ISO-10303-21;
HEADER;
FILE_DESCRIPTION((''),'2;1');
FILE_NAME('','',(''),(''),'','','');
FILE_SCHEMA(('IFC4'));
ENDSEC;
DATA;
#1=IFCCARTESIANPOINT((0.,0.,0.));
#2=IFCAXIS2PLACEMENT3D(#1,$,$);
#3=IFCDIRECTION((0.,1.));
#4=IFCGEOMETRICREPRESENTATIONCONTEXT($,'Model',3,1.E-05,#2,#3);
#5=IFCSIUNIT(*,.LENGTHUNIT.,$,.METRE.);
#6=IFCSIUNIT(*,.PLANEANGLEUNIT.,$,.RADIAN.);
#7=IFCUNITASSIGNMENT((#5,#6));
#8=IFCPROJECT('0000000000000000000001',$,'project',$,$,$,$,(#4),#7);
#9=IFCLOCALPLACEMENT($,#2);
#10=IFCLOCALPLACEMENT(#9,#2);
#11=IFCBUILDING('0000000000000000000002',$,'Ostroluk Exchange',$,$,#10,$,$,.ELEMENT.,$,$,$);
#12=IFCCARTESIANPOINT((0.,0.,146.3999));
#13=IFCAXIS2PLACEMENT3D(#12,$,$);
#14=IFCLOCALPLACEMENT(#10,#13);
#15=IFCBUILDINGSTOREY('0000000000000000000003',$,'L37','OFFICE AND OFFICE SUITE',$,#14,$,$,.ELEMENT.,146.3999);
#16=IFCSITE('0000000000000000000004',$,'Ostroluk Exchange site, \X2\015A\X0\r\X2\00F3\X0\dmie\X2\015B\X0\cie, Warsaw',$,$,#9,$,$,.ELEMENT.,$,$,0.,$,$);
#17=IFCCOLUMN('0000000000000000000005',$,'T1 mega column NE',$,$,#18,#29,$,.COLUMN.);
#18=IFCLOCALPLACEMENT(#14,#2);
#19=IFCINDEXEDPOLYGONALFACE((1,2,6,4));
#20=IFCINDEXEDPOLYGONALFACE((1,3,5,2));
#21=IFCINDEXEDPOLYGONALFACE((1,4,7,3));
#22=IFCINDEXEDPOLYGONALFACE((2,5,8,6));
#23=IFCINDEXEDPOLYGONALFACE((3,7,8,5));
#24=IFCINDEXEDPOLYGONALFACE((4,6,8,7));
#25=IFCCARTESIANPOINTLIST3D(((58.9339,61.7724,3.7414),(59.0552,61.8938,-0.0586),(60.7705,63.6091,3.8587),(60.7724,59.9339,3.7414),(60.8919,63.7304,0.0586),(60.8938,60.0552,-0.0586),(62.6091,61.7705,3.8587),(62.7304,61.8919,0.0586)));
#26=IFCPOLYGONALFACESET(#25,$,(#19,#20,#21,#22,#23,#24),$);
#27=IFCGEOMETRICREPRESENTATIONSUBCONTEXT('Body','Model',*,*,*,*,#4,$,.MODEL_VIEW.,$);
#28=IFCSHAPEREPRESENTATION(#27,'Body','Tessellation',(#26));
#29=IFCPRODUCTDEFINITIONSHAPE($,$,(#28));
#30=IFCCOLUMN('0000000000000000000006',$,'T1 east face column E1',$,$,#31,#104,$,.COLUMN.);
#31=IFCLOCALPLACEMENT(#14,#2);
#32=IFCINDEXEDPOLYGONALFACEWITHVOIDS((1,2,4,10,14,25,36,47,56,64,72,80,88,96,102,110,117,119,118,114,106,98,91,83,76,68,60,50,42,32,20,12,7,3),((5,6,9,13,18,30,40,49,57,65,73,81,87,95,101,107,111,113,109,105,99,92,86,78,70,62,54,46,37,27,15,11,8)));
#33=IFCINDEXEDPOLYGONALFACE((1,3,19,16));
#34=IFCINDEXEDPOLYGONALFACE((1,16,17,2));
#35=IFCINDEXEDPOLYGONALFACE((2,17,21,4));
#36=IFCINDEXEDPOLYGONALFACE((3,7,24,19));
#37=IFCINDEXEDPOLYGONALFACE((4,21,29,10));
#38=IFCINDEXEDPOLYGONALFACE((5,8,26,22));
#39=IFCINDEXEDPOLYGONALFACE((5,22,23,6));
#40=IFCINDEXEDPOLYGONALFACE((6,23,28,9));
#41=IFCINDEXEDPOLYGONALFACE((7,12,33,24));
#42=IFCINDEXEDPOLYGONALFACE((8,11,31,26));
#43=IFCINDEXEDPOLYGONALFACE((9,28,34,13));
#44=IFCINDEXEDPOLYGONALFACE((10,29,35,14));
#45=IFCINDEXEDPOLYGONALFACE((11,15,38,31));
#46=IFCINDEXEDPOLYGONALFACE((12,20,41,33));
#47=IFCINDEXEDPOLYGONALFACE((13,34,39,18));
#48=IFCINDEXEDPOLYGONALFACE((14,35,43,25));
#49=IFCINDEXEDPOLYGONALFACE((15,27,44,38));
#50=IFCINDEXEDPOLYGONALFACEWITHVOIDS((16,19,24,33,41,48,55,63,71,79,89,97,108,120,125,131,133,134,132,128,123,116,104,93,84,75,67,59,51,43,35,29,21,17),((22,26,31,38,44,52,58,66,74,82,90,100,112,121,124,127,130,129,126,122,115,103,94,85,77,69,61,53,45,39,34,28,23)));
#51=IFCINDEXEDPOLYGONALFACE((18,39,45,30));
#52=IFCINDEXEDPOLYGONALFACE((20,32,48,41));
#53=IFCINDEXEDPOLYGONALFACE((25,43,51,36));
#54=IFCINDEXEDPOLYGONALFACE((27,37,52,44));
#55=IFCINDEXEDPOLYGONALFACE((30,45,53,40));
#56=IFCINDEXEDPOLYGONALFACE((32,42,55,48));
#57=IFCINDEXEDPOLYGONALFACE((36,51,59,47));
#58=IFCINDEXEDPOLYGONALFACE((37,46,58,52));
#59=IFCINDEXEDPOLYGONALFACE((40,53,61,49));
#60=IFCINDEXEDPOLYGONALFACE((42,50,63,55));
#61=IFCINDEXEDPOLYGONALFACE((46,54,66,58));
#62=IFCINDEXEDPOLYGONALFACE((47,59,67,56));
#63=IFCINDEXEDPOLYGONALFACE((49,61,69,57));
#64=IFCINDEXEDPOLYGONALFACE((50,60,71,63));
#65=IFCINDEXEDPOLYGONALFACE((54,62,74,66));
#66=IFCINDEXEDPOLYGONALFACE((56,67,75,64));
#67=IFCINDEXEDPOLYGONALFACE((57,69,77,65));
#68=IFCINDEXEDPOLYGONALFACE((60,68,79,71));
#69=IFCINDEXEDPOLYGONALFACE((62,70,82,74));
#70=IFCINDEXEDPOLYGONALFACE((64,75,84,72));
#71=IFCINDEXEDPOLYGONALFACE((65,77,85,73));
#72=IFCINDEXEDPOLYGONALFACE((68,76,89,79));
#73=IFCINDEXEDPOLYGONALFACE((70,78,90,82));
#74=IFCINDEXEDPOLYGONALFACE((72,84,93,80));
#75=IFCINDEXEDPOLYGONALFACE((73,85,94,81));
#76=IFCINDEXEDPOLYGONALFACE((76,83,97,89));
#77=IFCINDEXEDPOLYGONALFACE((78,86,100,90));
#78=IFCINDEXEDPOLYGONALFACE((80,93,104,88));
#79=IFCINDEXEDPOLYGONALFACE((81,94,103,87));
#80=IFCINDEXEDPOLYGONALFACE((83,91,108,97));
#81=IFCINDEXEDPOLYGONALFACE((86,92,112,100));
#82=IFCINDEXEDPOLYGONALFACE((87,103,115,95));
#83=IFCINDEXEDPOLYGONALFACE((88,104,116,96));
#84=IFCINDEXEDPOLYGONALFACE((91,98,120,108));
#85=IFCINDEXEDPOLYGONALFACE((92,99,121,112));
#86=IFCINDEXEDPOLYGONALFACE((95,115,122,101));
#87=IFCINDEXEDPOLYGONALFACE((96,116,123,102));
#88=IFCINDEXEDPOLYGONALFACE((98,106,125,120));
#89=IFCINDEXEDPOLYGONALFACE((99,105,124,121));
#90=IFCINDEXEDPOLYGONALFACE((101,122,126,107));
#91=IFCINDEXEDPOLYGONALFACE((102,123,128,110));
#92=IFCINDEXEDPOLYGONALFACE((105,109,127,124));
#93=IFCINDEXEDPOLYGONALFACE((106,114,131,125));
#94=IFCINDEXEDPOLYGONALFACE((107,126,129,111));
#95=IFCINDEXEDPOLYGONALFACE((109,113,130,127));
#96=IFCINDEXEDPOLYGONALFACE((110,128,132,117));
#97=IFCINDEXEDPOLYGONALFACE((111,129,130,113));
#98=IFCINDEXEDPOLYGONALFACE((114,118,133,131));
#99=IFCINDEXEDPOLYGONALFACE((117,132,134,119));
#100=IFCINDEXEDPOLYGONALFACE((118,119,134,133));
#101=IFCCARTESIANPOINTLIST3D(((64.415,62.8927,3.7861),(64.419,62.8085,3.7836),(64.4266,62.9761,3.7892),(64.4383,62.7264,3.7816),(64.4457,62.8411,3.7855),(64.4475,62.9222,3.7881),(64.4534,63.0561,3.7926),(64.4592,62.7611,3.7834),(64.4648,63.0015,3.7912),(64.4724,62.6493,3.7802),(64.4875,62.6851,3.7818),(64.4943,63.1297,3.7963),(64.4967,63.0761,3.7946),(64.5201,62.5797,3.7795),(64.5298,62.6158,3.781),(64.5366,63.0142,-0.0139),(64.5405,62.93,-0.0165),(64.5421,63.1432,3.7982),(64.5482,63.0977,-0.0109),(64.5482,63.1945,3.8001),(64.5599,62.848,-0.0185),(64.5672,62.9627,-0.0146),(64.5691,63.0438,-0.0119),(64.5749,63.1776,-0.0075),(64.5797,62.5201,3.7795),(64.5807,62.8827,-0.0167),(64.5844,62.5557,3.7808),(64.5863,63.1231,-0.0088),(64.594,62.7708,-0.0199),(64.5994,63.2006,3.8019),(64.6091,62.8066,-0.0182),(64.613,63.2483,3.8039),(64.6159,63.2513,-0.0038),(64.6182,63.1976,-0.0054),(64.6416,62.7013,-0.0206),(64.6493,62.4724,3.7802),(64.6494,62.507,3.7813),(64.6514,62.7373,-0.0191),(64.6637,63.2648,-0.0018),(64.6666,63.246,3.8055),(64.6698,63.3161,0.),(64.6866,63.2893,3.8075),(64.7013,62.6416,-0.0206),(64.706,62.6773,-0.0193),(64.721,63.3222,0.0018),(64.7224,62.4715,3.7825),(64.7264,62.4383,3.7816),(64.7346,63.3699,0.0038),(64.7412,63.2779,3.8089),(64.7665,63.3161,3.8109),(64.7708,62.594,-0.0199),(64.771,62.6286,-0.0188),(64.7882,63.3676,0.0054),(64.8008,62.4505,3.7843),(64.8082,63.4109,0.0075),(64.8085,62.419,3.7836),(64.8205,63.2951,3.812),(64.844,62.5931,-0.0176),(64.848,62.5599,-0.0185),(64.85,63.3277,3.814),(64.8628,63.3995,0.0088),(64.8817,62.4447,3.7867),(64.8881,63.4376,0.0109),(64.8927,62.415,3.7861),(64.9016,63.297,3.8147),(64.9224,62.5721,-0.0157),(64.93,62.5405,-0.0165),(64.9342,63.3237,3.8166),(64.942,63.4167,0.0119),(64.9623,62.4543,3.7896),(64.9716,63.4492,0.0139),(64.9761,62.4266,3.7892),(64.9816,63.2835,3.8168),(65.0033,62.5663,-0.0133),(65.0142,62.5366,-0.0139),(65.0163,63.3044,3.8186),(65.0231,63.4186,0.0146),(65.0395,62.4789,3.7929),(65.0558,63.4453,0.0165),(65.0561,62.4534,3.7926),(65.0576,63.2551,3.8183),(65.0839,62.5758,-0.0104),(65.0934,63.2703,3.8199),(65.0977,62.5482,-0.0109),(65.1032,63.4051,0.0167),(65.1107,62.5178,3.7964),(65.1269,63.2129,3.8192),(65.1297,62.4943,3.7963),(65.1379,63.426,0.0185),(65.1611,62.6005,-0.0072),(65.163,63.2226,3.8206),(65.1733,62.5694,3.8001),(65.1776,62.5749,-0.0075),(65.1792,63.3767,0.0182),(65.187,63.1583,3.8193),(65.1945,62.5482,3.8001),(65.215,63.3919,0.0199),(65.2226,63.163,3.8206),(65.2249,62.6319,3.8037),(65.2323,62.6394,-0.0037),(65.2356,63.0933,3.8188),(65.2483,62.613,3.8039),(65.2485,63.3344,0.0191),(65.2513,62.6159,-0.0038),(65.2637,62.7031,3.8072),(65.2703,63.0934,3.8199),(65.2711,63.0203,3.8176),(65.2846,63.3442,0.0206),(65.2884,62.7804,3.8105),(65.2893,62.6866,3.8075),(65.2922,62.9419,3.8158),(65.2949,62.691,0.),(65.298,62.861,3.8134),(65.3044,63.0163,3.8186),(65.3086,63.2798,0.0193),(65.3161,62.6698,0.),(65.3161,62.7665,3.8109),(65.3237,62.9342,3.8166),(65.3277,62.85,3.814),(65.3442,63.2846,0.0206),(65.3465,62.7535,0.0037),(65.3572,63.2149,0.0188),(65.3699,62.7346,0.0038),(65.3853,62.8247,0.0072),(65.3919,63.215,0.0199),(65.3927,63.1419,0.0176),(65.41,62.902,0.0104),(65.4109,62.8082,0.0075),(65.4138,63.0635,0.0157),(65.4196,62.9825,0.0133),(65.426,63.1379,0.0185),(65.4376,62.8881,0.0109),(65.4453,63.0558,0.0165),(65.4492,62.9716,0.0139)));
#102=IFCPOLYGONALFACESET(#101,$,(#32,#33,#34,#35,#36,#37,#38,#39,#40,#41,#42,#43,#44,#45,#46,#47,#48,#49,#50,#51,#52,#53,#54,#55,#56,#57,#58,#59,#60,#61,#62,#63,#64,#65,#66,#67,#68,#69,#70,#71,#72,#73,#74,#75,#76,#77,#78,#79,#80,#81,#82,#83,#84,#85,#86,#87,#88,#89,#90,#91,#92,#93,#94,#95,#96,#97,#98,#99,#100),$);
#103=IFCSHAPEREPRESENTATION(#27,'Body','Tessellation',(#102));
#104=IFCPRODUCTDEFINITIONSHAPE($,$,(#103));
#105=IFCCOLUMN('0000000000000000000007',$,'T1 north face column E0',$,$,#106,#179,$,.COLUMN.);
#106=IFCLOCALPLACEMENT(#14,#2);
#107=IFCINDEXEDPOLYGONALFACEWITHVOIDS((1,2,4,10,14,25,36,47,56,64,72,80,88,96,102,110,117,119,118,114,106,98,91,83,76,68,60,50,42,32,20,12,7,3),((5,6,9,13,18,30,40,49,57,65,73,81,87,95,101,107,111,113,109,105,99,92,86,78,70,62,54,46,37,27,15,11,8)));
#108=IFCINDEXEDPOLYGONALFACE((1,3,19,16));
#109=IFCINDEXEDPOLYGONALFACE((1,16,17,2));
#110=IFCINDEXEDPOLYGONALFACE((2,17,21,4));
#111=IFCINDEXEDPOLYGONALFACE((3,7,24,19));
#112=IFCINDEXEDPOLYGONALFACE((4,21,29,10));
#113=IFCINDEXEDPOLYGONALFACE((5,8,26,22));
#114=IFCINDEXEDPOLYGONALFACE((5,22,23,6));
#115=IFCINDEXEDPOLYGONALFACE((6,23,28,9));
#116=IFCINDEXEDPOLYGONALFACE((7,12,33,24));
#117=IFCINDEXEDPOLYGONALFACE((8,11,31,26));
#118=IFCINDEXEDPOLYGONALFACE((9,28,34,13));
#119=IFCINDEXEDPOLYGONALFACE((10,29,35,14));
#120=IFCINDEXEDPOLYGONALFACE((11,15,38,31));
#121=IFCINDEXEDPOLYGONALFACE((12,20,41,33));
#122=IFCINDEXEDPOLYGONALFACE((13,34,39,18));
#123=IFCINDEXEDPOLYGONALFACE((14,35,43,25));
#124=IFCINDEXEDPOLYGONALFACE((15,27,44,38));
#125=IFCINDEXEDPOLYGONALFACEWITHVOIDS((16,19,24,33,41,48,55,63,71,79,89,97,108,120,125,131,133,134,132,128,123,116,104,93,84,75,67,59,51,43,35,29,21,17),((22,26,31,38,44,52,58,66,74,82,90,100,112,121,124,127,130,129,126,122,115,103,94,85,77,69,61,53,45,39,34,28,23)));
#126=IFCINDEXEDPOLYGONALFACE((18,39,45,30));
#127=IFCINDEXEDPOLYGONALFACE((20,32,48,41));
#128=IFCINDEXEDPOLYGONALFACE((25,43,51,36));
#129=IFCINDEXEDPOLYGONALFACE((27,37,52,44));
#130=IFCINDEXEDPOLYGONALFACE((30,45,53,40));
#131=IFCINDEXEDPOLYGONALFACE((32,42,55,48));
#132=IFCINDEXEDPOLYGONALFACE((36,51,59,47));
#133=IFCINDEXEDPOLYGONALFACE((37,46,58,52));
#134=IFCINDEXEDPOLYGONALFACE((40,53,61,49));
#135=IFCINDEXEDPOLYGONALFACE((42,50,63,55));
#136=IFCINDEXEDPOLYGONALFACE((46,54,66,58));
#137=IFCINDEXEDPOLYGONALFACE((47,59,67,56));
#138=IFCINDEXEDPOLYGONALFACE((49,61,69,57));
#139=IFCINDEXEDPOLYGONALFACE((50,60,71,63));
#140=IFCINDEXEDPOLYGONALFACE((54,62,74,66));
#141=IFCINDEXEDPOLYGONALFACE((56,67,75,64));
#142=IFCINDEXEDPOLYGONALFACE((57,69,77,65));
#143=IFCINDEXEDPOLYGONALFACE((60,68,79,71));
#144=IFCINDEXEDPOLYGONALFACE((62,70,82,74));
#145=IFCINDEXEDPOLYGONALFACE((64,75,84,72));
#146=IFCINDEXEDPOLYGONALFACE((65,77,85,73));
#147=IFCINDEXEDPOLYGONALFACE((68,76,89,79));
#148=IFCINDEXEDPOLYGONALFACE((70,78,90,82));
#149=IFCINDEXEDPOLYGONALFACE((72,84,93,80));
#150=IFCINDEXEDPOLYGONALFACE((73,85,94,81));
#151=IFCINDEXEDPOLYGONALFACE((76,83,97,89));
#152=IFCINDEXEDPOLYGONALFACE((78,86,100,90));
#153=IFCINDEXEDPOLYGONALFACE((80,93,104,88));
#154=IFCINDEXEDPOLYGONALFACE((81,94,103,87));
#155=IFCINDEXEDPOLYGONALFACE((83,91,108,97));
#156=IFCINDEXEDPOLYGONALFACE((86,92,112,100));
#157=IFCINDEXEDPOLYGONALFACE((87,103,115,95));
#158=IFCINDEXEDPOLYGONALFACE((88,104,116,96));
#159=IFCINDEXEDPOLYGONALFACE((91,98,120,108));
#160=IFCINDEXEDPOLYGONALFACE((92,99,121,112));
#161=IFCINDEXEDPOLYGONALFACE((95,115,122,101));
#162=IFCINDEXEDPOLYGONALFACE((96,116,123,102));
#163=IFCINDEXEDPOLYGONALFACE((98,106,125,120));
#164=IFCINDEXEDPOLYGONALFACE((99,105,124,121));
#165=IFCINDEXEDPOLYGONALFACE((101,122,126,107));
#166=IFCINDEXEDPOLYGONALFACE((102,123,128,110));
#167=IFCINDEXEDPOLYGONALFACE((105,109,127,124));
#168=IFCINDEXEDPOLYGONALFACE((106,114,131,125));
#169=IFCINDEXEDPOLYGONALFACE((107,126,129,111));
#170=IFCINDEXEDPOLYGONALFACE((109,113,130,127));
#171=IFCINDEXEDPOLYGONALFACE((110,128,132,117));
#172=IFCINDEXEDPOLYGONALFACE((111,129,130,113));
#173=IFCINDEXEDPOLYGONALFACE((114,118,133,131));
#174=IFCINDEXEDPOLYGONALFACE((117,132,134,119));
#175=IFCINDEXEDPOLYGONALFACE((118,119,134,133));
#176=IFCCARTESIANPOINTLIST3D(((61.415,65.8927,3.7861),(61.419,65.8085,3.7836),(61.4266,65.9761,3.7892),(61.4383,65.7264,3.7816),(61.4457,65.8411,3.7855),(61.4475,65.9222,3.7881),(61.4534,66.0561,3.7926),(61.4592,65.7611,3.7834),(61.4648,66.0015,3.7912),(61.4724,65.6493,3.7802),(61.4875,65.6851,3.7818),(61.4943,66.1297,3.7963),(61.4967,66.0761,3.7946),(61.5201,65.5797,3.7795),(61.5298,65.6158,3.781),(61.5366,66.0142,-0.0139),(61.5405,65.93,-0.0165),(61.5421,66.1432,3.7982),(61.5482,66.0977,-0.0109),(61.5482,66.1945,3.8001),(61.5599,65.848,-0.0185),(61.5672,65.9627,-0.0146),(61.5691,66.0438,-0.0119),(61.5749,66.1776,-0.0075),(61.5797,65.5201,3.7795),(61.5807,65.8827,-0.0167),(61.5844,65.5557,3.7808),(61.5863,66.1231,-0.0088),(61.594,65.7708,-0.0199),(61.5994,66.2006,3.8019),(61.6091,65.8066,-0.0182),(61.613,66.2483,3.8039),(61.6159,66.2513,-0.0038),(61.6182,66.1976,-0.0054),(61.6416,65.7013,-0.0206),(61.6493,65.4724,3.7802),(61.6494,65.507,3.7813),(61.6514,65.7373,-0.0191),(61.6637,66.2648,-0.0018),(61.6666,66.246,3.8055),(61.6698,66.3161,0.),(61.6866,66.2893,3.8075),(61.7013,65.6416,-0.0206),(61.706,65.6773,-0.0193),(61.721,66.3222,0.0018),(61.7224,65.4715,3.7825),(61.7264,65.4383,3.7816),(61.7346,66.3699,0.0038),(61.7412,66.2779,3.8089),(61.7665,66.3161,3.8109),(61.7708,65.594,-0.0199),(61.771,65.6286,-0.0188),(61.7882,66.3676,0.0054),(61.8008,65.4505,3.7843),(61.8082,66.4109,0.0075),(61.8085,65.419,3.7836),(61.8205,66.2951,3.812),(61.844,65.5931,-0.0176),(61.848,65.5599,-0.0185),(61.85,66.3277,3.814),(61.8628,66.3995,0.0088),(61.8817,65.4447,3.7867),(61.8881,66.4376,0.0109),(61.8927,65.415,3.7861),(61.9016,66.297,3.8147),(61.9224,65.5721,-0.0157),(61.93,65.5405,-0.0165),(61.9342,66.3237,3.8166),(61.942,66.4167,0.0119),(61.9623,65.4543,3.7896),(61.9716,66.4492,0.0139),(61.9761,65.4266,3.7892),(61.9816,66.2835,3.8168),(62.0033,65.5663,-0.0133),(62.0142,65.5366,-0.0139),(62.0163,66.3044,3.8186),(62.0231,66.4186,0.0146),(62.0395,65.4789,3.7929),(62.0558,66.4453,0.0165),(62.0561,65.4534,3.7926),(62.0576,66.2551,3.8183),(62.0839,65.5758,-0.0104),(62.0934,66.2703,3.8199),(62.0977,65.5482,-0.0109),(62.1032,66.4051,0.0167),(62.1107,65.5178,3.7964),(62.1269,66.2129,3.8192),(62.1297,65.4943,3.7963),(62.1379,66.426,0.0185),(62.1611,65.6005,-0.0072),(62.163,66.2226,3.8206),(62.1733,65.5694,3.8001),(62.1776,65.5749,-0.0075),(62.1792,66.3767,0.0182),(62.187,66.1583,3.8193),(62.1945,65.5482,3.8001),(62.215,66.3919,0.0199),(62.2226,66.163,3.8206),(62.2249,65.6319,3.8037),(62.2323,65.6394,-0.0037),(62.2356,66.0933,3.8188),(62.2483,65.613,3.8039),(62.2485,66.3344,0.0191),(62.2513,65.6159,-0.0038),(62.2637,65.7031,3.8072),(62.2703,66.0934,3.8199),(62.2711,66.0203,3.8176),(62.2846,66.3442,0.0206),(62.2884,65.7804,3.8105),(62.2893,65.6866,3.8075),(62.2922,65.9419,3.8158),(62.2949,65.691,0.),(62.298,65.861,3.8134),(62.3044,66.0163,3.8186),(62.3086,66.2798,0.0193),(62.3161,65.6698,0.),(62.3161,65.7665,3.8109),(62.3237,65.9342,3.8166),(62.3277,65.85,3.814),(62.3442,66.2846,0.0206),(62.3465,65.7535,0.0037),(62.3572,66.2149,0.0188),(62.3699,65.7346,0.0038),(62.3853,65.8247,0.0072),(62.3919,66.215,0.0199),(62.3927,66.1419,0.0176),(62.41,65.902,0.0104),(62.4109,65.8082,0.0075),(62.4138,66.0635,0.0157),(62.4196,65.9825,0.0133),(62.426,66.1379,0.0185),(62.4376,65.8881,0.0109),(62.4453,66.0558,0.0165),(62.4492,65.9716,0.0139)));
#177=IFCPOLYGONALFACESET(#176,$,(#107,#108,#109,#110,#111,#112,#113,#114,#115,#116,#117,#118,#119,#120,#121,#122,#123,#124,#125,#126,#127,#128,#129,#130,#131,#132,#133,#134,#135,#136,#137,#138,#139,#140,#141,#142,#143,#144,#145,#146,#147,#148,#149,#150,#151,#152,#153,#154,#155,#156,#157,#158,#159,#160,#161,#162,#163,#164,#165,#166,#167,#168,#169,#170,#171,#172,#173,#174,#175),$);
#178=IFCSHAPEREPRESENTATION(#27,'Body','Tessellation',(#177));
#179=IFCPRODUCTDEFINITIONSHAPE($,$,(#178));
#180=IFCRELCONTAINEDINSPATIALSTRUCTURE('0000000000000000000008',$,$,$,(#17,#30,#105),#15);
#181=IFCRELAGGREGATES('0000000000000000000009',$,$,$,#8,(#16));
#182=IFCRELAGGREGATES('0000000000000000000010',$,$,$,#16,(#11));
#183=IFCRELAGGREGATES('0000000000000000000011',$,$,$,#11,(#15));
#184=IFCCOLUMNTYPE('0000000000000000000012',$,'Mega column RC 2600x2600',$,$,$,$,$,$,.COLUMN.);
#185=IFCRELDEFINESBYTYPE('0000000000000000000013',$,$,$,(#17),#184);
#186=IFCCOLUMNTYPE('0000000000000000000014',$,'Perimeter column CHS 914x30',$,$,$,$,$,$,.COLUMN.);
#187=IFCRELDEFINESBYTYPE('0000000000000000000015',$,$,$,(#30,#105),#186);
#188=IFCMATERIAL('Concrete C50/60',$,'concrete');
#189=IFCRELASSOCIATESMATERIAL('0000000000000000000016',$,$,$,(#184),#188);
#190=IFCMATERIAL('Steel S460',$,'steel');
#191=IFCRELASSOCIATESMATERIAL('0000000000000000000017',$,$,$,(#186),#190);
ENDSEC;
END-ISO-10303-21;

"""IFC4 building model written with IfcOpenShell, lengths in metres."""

from ifc_helpers import new_model, si_unit, direction, frame, origin, origin_2d, place, context, subcontext, project, spatial, rectangle, hollow_circle, extrude, material, material_profile, profile_set, type_object, element, save


model = new_model("IFC4")

# Units and contexts
model_context = context("Model", 3, precision=1e-05, world=origin(), true_north=direction((0.0, 1.0)))
body_context = subcontext(model_context, "Body", "Model", "MODEL_VIEW")
ifc_project = project(units=[si_unit("LENGTHUNIT", "METRE"), si_unit("PLANEANGLEUNIT", "RADIAN")], contexts=[model_context])

# Site, building, storey
site_placement = place(None, origin())
site = spatial("IfcSite", under=ifc_project, at=site_placement, Name="Ostroluk Exchange site, Śródmieście, Warsaw", CompositionType="ELEMENT", RefElevation=0.0)
building_placement = place(site_placement, origin())
building = spatial("IfcBuilding", under=site, at=building_placement, Name="Ostroluk Exchange", CompositionType="ELEMENT")
storey_placement = place(building_placement, frame((0.0, 0.0, 146.3999)))
storey = spatial("IfcBuildingStorey", under=building, at=storey_placement, Name="L37", Description="OFFICE AND OFFICE SUITE", CompositionType="ELEMENT", Elevation=146.3999)

# Columns
ifc_material_1 = material(Name="Concrete C50/60", Category="concrete")
ifc_material_profile_1 = material_profile(ifc_material_1, rectangle(XDim=2.6001, YDim=2.6001, at=origin_2d()), Name="RC 2600x2600")
ifc_profile_set_1 = profile_set([ifc_material_profile_1], Name="Concrete C50/60")
column_type_1 = type_object("IfcColumnType", Name="Mega column RC 2600x2600", PredefinedType="COLUMN", material=ifc_profile_set_1)
column_placement = place(storey_placement, frame((60.8928, 61.8928, 0.0), z_axis=(-0.031898, -0.031898, 0.998982), x_axis=(0.707107, -0.707107, 0.0)))
element("IfcColumn", 1, at=column_placement, inside=storey, type_object=column_type_1, Name="T1 mega column NE", PredefinedType="COLUMN", context=body_context, shape_type="SweptSolid", body=[
    extrude(rectangle(XDim=2.6001, YDim=2.6001, at=origin_2d()), origin(), (0.0, 0.0, 1.0), 3.804),
])
ifc_material_2 = material(Name="Steel S460", Category="steel")
ifc_material_profile_2 = material_profile(ifc_material_2, hollow_circle(Radius=0.457, WallThickness=0.03, at=origin_2d()), Name="CHS 914x30")
ifc_profile_set_2 = profile_set([ifc_material_profile_2], Name="Steel S460")
column_type_2 = type_object("IfcColumnType", Name="Perimeter column CHS 914x30", PredefinedType="COLUMN", material=ifc_profile_set_2)
for number, where, z_axis, x_axis, name in (
    (2, (64.9929, 62.9929, 0.0), (-0.031962, -0.031962, 0.998978), (0.707107, -0.707107, 0.0), "T1 east face column E1"),
    (3, (61.9929, 65.9929, 0.0), (-0.031962, -0.031962, 0.998978), (0.707107, -0.707107, 0.0), "T1 north face column E0"),
):
    element("IfcColumn", number, at=place(storey_placement, frame(where, z_axis=z_axis, x_axis=x_axis)), inside=storey, type_object=column_type_2, Name=name, PredefinedType="COLUMN", context=body_context, shape_type="SweptSolid", body=[
        extrude(hollow_circle(Radius=0.457, WallThickness=0.03, at=origin_2d()), origin(), (0.0, 0.0, 1.0), 3.804),
    ])

save(model, "model.ifc")
